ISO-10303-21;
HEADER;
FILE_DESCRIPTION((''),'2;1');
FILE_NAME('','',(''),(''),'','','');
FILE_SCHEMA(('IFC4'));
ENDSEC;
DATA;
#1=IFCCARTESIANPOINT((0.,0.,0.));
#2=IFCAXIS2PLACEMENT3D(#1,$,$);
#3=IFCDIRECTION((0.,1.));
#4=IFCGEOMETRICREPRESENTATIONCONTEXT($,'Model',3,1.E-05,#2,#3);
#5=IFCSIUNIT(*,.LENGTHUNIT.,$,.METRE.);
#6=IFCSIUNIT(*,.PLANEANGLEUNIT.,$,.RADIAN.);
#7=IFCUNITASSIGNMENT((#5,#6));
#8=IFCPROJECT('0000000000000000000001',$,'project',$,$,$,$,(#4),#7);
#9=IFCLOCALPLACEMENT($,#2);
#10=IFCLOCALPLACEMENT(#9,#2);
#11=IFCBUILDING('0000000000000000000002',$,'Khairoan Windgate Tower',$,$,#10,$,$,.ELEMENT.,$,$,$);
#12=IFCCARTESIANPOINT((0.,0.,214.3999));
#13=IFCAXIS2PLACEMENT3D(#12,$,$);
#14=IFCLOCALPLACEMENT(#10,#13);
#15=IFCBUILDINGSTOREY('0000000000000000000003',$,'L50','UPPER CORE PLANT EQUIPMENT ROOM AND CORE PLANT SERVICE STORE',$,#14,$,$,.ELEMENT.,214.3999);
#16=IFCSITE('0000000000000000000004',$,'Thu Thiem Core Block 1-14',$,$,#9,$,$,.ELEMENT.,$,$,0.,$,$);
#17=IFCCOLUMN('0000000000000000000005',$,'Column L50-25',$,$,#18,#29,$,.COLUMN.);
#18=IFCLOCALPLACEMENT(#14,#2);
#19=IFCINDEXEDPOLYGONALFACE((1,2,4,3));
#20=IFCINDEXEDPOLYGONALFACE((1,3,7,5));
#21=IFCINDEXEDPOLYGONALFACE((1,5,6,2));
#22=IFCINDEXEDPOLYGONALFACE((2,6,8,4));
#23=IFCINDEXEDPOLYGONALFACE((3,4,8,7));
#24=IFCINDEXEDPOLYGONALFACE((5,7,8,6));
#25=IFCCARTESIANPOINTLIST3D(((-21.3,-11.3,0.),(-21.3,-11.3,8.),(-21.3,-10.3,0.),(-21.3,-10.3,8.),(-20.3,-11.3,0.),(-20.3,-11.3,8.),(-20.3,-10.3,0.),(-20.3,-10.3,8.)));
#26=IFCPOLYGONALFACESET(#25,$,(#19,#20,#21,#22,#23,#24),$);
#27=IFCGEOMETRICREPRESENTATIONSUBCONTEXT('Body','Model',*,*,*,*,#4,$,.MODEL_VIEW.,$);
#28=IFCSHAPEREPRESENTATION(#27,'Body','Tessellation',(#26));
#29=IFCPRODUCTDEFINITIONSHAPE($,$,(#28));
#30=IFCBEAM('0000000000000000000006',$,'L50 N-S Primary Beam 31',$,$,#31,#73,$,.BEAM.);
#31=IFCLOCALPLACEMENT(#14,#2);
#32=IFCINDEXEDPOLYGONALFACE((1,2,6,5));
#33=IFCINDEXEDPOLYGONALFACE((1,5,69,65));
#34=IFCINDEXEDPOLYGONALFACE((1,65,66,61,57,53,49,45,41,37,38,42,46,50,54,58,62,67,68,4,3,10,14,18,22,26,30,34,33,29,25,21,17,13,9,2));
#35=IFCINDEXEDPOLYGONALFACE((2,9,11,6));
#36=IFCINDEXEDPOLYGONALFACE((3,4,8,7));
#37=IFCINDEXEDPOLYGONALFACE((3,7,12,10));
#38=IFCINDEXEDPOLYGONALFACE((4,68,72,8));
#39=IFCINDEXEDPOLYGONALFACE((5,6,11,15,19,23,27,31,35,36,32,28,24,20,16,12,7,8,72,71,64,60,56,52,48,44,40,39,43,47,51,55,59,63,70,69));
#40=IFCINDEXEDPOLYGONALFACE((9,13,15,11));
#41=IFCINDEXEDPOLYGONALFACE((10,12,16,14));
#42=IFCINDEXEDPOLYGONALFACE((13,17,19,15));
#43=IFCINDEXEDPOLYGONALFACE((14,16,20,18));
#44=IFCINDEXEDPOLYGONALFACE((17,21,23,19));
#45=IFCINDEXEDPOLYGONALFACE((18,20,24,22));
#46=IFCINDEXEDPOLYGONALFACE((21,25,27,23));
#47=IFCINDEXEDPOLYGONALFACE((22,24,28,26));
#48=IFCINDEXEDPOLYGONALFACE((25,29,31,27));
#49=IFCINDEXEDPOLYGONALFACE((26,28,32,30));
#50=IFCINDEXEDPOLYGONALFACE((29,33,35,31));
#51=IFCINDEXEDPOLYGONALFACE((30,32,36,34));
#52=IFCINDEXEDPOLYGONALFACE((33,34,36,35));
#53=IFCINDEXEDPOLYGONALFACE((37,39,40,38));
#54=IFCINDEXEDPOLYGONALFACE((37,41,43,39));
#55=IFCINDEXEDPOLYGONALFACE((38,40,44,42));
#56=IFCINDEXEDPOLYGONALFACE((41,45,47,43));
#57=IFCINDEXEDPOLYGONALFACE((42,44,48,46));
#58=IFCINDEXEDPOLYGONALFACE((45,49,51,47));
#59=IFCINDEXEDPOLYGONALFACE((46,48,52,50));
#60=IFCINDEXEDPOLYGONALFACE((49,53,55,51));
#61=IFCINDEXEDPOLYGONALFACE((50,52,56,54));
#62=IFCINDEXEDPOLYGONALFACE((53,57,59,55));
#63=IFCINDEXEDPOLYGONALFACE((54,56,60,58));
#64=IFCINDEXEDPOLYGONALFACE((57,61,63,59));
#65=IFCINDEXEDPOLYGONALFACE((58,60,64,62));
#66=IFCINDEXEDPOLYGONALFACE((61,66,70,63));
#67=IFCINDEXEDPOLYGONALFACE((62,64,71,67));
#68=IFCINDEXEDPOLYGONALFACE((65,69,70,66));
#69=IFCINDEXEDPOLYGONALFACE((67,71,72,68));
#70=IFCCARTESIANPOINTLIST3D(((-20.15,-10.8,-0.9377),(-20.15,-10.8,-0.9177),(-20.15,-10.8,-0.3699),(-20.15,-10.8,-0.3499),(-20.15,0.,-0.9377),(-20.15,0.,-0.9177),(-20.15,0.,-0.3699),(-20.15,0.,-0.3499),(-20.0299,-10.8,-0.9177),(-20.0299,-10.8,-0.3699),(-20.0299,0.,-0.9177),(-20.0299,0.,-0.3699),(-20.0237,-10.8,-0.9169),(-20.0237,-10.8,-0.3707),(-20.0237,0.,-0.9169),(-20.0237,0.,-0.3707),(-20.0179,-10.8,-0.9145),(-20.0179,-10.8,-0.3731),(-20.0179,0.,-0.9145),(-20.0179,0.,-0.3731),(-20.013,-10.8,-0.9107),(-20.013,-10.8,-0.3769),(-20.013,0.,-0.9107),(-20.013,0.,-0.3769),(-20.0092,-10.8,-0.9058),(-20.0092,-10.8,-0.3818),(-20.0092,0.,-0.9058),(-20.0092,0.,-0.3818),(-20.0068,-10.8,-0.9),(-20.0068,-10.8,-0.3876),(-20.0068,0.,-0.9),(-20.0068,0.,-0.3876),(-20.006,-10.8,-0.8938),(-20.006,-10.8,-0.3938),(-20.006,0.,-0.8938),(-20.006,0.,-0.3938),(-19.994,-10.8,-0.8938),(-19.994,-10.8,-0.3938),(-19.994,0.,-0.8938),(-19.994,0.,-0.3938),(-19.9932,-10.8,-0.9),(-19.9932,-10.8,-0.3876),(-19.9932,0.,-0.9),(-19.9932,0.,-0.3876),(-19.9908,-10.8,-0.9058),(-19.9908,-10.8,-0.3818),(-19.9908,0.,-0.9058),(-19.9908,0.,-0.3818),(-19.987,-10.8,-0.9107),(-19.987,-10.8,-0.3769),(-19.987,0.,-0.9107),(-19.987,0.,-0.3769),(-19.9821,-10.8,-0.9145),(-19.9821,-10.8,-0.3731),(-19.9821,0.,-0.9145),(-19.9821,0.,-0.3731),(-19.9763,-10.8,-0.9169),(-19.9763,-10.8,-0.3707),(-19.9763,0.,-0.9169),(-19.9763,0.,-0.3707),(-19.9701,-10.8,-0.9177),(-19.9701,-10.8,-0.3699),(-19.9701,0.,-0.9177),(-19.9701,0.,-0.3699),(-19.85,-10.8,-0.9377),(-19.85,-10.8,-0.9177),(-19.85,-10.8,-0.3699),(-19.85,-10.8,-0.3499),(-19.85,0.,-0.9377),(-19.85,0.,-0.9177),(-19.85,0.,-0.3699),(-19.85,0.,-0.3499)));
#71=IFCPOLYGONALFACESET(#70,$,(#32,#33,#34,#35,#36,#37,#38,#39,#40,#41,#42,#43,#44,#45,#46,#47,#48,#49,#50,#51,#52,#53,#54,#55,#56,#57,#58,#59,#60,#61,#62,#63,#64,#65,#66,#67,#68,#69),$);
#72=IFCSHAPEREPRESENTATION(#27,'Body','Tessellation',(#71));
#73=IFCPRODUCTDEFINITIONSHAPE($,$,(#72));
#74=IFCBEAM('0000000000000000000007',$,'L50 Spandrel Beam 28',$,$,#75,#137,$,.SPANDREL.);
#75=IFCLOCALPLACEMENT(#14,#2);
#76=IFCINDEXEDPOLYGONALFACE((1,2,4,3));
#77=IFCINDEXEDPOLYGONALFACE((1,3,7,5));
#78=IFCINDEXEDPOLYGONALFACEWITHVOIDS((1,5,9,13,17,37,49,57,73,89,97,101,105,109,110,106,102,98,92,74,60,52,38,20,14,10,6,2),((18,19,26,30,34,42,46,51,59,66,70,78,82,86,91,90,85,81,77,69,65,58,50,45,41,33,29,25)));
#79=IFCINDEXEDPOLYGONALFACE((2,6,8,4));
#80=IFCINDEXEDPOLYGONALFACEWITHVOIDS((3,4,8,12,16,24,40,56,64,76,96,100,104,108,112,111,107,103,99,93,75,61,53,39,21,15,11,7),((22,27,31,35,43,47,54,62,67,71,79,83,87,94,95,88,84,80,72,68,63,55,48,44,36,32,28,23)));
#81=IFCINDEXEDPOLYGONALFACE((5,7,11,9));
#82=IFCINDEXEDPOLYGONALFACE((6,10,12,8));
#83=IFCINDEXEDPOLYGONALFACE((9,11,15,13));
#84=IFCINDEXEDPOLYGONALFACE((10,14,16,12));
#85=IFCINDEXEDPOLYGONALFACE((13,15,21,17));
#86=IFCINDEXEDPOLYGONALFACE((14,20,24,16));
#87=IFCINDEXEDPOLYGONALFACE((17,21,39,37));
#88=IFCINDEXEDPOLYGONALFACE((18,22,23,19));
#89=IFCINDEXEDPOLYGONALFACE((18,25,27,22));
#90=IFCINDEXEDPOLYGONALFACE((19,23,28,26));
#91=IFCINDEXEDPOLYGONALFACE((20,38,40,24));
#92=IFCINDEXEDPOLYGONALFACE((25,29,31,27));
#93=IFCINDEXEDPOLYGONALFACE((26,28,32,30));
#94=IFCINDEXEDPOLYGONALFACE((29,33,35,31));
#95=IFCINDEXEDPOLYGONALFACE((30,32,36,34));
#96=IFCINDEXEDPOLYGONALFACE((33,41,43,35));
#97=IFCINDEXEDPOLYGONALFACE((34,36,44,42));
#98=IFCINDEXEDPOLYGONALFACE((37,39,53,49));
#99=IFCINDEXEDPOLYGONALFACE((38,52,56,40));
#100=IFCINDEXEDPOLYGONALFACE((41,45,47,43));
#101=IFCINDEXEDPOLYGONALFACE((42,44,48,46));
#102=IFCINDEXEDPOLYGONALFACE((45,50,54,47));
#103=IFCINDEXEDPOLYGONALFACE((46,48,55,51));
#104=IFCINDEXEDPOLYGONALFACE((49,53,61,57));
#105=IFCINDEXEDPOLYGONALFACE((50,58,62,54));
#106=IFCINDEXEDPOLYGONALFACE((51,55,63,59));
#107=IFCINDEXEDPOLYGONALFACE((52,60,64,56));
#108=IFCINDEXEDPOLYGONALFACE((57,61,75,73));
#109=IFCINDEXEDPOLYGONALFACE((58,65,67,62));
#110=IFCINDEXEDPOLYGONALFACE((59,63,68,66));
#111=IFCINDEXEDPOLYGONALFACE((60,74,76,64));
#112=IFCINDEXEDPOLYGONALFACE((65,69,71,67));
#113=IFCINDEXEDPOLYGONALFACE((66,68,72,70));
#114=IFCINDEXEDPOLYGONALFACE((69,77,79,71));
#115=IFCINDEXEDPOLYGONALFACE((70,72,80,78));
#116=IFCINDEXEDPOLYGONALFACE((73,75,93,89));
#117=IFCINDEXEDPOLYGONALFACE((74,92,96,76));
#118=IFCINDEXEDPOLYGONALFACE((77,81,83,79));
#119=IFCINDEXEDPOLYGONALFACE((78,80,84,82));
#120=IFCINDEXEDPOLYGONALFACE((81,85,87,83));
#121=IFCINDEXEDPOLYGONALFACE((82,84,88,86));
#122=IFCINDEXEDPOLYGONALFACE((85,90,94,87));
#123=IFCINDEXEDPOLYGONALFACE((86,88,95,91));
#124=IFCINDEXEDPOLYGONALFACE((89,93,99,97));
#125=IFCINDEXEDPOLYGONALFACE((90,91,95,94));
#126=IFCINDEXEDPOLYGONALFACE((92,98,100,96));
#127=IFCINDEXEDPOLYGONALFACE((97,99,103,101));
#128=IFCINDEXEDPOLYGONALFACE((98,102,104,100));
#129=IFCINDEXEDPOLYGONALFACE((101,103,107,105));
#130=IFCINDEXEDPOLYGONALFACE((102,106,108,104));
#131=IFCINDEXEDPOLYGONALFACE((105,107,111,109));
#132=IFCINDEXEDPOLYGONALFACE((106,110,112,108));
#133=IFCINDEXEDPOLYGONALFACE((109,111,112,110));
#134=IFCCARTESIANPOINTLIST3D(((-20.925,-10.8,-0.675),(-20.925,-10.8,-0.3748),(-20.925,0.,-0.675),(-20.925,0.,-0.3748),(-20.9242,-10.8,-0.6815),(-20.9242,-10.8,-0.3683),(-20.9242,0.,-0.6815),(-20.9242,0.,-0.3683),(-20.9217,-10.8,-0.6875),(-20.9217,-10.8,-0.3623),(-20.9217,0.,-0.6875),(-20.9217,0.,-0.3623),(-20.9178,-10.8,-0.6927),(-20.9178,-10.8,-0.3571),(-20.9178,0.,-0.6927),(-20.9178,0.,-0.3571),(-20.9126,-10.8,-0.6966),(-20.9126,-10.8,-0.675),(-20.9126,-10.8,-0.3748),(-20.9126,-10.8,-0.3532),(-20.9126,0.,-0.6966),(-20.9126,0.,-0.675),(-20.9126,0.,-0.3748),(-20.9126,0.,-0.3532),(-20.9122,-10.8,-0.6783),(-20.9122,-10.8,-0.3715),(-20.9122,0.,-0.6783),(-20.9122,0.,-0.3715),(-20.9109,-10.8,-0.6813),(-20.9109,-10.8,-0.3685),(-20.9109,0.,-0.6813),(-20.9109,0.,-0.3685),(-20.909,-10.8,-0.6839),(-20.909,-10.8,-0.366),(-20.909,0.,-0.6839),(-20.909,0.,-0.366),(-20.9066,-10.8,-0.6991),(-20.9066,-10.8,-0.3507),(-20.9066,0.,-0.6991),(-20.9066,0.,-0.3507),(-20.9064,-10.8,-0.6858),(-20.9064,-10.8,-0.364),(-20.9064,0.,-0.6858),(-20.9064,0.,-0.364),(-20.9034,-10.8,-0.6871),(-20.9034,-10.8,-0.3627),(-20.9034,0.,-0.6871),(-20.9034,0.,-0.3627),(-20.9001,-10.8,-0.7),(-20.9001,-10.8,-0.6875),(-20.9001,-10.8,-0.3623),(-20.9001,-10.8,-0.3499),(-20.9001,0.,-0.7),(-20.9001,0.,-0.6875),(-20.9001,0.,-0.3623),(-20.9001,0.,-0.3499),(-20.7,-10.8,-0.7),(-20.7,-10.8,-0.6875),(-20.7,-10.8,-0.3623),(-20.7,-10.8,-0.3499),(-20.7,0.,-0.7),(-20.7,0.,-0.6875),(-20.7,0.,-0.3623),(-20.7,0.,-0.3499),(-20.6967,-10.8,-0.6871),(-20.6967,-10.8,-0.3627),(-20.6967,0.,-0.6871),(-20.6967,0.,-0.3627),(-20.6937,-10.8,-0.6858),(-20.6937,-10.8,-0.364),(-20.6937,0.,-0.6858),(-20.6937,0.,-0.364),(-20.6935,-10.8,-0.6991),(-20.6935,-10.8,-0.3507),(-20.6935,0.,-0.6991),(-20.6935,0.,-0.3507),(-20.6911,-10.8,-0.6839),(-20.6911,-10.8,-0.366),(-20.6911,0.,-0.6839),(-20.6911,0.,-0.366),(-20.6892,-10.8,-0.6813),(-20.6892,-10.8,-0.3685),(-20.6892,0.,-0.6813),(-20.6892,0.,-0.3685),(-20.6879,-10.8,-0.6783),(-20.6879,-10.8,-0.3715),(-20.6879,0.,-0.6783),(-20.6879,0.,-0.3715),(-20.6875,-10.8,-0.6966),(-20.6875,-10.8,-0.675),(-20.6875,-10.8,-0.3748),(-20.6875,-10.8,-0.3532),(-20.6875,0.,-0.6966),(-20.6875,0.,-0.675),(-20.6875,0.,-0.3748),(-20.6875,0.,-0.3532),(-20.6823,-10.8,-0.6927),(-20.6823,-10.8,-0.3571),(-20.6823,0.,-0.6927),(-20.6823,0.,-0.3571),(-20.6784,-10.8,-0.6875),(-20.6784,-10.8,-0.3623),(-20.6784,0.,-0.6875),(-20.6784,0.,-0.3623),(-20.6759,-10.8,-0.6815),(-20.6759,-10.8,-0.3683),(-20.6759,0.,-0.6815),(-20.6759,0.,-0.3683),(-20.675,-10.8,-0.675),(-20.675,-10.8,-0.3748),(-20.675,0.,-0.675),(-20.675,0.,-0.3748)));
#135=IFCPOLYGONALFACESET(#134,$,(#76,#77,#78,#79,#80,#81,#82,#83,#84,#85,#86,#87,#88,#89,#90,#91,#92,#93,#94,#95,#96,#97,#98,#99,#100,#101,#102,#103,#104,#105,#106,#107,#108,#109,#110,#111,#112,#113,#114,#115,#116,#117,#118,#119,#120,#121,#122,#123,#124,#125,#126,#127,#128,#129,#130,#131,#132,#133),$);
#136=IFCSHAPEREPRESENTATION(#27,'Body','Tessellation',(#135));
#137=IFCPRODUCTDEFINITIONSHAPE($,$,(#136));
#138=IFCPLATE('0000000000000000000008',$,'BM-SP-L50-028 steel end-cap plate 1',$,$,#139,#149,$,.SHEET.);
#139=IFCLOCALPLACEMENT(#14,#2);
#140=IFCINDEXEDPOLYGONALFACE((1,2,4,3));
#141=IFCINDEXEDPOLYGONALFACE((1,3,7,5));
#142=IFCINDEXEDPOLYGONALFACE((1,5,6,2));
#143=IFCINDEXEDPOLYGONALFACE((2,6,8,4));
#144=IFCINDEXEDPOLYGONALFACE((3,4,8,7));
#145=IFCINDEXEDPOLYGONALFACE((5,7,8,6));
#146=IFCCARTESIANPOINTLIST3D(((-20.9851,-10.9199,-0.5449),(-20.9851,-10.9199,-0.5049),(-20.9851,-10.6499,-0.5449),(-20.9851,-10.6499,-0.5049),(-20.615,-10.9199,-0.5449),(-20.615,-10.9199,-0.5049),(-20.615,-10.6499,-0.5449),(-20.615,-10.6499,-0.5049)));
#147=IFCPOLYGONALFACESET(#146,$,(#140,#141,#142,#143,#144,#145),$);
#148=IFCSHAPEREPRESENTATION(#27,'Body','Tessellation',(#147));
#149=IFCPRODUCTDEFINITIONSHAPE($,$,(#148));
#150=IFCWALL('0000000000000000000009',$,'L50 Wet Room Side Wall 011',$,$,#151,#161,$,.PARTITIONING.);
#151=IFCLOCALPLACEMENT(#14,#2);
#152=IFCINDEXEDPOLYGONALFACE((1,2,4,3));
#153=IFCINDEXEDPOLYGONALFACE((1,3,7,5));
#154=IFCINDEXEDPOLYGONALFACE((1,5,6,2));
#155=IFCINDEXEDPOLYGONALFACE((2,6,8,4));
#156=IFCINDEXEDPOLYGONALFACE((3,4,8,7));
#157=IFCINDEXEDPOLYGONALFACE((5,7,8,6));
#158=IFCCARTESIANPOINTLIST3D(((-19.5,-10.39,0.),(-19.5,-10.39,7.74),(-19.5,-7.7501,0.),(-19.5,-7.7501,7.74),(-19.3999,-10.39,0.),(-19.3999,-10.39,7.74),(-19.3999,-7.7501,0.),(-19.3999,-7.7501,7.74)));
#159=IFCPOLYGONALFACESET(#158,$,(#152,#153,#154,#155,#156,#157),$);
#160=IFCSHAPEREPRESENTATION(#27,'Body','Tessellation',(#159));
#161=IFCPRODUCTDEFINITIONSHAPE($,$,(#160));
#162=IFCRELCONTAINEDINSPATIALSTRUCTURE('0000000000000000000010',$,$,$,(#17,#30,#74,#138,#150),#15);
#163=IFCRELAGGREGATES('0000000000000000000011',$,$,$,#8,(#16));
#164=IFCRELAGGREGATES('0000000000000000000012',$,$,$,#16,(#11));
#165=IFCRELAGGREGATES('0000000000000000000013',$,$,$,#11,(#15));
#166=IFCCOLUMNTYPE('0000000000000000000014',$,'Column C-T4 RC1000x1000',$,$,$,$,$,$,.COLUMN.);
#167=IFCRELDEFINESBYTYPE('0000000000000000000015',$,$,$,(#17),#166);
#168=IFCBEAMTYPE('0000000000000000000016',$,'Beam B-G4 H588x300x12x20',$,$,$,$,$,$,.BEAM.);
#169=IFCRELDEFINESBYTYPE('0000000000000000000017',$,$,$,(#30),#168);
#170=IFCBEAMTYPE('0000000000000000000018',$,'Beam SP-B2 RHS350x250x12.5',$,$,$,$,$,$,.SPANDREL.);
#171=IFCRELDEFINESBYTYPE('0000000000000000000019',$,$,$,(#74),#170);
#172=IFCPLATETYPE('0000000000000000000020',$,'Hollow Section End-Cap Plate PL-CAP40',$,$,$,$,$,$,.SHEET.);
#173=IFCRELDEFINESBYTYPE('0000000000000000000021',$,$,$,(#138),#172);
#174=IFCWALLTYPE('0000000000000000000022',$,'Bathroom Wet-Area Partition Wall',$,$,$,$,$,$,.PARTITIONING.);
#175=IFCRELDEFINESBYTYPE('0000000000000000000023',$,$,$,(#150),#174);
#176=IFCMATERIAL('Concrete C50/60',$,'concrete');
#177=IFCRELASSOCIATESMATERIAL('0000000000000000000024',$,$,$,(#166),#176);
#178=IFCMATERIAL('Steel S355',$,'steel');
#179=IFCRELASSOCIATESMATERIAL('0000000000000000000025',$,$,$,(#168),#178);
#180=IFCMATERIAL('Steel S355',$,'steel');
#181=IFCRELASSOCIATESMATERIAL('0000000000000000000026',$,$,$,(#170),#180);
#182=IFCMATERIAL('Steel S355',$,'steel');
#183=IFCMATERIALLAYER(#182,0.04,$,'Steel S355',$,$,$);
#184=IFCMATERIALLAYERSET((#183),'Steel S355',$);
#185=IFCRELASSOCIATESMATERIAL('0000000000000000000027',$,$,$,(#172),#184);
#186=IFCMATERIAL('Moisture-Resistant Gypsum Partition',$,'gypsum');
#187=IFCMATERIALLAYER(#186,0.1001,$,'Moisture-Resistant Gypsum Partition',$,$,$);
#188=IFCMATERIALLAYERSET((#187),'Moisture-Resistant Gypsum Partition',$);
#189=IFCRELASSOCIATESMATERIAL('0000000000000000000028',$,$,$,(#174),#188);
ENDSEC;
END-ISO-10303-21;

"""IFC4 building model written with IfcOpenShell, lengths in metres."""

from ifc_helpers import new_model, si_unit, direction, frame, frame_2d, origin, origin_2d, place, context, subcontext, project, spatial, rectangle, hollow_rectangle, i_section, extrude, material, layer, layer_set, material_profile, profile_set, type_object, element, save


model = new_model("IFC4")

# Units and contexts
model_context = context("Model", 3, precision=1e-05, world=origin(), true_north=direction((0.0, 1.0)))
body_context = subcontext(model_context, "Body", "Model", "MODEL_VIEW")
ifc_project = project(units=[si_unit("LENGTHUNIT", "METRE"), si_unit("PLANEANGLEUNIT", "RADIAN")], contexts=[model_context])

# Site, building, storey
site_placement = place(None, origin())
site = spatial("IfcSite", under=ifc_project, at=site_placement, Name="Thu Thiem Core Block 1-14", CompositionType="ELEMENT", RefElevation=0.0)
building_placement = place(site_placement, origin())
building = spatial("IfcBuilding", under=site, at=building_placement, Name="Khairoan Windgate Tower", CompositionType="ELEMENT")
storey_placement = place(building_placement, frame((0.0, 0.0, 214.3999)))
storey = spatial("IfcBuildingStorey", under=building, at=storey_placement, Name="L50", Description="UPPER CORE PLANT EQUIPMENT ROOM AND CORE PLANT SERVICE STORE", CompositionType="ELEMENT", Elevation=214.3999)

# Column
ifc_material_1 = material(Name="Concrete C50/60", Category="concrete")
ifc_material_profile_1 = material_profile(ifc_material_1, rectangle(XDim=1.0, YDim=1.0, at=origin_2d()))
ifc_profile_set_1 = profile_set([ifc_material_profile_1], Name="Concrete C50/60")
column_type = type_object("IfcColumnType", Name="Column C-T4 RC1000x1000", PredefinedType="COLUMN", material=ifc_profile_set_1)
column_placement = place(storey_placement, frame((-20.8, -10.8, 0.0), z_axis=(0.0, 0.0, 1.0), x_axis=(1.0, 0.0, 0.0)))
element("IfcColumn", 1, at=column_placement, inside=storey, type_object=column_type, Name="Column L50-25", PredefinedType="COLUMN", context=body_context, shape_type="SweptSolid", body=[
    extrude(rectangle(XDim=1.0, YDim=1.0, at=origin_2d()), origin(), (0.0, 0.0, 1.0), 8.0),
])

# Beams
ifc_material_2 = material(Name="Steel S355", Category="steel")
ifc_material_profile_2 = material_profile(ifc_material_2, i_section(OverallWidth=0.3, OverallDepth=0.5879, WebThickness=0.012, FlangeThickness=0.02, FilletRadius=0.0239, at=origin_2d()))
ifc_profile_set_2 = profile_set([ifc_material_profile_2], Name="Steel S355")
beam_type_1 = type_object("IfcBeamType", Name="Beam B-G4 H588x300x12x20", PredefinedType="BEAM", material=ifc_profile_set_2)
beam_1_placement = place(storey_placement, frame((-20.0, -10.8, -0.6438), z_axis=(0.0, 1.0, 0.0), x_axis=(-1.0, 0.0, 0.0)))
element("IfcBeam", 2, at=beam_1_placement, inside=storey, type_object=beam_type_1, Name="L50 N-S Primary Beam 31", PredefinedType="BEAM", context=body_context, shape_type="SweptSolid", body=[
    extrude(i_section(OverallWidth=0.3, OverallDepth=0.5879, WebThickness=0.012, FlangeThickness=0.02, FilletRadius=0.0239, at=origin_2d()), origin(), (0.0, 0.0, 1.0), 10.8),
])
ifc_material_3 = material(Name="Steel S355", Category="steel")
ifc_material_profile_3 = material_profile(ifc_material_3, hollow_rectangle(XDim=0.25, YDim=0.3501, WallThickness=0.0125, InnerFilletRadius=0.0125, OuterFilletRadius=0.0249, at=origin_2d()))
ifc_profile_set_3 = profile_set([ifc_material_profile_3], Name="Steel S355")
beam_type_2 = type_object("IfcBeamType", Name="Beam SP-B2 RHS350x250x12.5", PredefinedType="SPANDREL", material=ifc_profile_set_3)
beam_2_placement = place(storey_placement, frame((-20.8, -10.8, -0.5249), z_axis=(0.0, 1.0, 0.0), x_axis=(-1.0, 0.0, 0.0)))
element("IfcBeam", 3, at=beam_2_placement, inside=storey, type_object=beam_type_2, Name="L50 Spandrel Beam 28", PredefinedType="SPANDREL", context=body_context, shape_type="SweptSolid", body=[
    extrude(hollow_rectangle(XDim=0.25, YDim=0.3501, WallThickness=0.0125, InnerFilletRadius=0.0125, OuterFilletRadius=0.0249, at=origin_2d()), origin(), (0.0, 0.0, 1.0), 10.8),
])

# Plate
ifc_material_4 = material(Name="Steel S355", Category="steel")
ifc_layer_1 = layer(ifc_material_4, 0.04, Name="Steel S355")
ifc_layer_set_1 = layer_set([ifc_layer_1], Name="Steel S355")
plate_type = type_object("IfcPlateType", Name="Hollow Section End-Cap Plate PL-CAP40", PredefinedType="SHEET", material=ifc_layer_set_1)
plate_placement = place(storey_placement, frame((-20.8, -10.7849, -0.5449), z_axis=(0.0, 0.0, 1.0), x_axis=(0.0, 1.0, 0.0)))
element("IfcPlate", 4, at=plate_placement, inside=storey, type_object=plate_type, Name="BM-SP-L50-028 steel end-cap plate 1", PredefinedType="SHEET", context=body_context, shape_type="SweptSolid", body=[
    extrude(rectangle(XDim=0.27, YDim=0.3701, at=origin_2d()), origin(), (0.0, 0.0, 1.0), 0.04),
])

# Wall
ifc_material_5 = material(Name="Moisture-Resistant Gypsum Partition", Category="gypsum")
ifc_layer_2 = layer(ifc_material_5, 0.1001, Name="Moisture-Resistant Gypsum Partition")
ifc_layer_set_2 = layer_set([ifc_layer_2], Name="Moisture-Resistant Gypsum Partition")
wall_type_1 = type_object("IfcWallType", Name="Bathroom Wet-Area Partition Wall", PredefinedType="PARTITIONING", material=ifc_layer_set_2)
wall_1_placement = place(storey_placement, frame((-19.45, -10.3899, 0.0), z_axis=(0.0, 0.0, 1.0), x_axis=(0.0, 1.0, 0.0)))
element("IfcWall", 5, at=wall_1_placement, inside=storey, type_object=wall_type_1, Name="L50 Wet Room Side Wall 011", PredefinedType="PARTITIONING", context=body_context, shape_type="SweptSolid", body=[
    extrude(rectangle(XDim=2.6399, YDim=0.1001, at=frame_2d((1.3198, 0.0))), origin(), (0.0, 0.0, 1.0), 7.74),
])

save(model, "model.ifc")
